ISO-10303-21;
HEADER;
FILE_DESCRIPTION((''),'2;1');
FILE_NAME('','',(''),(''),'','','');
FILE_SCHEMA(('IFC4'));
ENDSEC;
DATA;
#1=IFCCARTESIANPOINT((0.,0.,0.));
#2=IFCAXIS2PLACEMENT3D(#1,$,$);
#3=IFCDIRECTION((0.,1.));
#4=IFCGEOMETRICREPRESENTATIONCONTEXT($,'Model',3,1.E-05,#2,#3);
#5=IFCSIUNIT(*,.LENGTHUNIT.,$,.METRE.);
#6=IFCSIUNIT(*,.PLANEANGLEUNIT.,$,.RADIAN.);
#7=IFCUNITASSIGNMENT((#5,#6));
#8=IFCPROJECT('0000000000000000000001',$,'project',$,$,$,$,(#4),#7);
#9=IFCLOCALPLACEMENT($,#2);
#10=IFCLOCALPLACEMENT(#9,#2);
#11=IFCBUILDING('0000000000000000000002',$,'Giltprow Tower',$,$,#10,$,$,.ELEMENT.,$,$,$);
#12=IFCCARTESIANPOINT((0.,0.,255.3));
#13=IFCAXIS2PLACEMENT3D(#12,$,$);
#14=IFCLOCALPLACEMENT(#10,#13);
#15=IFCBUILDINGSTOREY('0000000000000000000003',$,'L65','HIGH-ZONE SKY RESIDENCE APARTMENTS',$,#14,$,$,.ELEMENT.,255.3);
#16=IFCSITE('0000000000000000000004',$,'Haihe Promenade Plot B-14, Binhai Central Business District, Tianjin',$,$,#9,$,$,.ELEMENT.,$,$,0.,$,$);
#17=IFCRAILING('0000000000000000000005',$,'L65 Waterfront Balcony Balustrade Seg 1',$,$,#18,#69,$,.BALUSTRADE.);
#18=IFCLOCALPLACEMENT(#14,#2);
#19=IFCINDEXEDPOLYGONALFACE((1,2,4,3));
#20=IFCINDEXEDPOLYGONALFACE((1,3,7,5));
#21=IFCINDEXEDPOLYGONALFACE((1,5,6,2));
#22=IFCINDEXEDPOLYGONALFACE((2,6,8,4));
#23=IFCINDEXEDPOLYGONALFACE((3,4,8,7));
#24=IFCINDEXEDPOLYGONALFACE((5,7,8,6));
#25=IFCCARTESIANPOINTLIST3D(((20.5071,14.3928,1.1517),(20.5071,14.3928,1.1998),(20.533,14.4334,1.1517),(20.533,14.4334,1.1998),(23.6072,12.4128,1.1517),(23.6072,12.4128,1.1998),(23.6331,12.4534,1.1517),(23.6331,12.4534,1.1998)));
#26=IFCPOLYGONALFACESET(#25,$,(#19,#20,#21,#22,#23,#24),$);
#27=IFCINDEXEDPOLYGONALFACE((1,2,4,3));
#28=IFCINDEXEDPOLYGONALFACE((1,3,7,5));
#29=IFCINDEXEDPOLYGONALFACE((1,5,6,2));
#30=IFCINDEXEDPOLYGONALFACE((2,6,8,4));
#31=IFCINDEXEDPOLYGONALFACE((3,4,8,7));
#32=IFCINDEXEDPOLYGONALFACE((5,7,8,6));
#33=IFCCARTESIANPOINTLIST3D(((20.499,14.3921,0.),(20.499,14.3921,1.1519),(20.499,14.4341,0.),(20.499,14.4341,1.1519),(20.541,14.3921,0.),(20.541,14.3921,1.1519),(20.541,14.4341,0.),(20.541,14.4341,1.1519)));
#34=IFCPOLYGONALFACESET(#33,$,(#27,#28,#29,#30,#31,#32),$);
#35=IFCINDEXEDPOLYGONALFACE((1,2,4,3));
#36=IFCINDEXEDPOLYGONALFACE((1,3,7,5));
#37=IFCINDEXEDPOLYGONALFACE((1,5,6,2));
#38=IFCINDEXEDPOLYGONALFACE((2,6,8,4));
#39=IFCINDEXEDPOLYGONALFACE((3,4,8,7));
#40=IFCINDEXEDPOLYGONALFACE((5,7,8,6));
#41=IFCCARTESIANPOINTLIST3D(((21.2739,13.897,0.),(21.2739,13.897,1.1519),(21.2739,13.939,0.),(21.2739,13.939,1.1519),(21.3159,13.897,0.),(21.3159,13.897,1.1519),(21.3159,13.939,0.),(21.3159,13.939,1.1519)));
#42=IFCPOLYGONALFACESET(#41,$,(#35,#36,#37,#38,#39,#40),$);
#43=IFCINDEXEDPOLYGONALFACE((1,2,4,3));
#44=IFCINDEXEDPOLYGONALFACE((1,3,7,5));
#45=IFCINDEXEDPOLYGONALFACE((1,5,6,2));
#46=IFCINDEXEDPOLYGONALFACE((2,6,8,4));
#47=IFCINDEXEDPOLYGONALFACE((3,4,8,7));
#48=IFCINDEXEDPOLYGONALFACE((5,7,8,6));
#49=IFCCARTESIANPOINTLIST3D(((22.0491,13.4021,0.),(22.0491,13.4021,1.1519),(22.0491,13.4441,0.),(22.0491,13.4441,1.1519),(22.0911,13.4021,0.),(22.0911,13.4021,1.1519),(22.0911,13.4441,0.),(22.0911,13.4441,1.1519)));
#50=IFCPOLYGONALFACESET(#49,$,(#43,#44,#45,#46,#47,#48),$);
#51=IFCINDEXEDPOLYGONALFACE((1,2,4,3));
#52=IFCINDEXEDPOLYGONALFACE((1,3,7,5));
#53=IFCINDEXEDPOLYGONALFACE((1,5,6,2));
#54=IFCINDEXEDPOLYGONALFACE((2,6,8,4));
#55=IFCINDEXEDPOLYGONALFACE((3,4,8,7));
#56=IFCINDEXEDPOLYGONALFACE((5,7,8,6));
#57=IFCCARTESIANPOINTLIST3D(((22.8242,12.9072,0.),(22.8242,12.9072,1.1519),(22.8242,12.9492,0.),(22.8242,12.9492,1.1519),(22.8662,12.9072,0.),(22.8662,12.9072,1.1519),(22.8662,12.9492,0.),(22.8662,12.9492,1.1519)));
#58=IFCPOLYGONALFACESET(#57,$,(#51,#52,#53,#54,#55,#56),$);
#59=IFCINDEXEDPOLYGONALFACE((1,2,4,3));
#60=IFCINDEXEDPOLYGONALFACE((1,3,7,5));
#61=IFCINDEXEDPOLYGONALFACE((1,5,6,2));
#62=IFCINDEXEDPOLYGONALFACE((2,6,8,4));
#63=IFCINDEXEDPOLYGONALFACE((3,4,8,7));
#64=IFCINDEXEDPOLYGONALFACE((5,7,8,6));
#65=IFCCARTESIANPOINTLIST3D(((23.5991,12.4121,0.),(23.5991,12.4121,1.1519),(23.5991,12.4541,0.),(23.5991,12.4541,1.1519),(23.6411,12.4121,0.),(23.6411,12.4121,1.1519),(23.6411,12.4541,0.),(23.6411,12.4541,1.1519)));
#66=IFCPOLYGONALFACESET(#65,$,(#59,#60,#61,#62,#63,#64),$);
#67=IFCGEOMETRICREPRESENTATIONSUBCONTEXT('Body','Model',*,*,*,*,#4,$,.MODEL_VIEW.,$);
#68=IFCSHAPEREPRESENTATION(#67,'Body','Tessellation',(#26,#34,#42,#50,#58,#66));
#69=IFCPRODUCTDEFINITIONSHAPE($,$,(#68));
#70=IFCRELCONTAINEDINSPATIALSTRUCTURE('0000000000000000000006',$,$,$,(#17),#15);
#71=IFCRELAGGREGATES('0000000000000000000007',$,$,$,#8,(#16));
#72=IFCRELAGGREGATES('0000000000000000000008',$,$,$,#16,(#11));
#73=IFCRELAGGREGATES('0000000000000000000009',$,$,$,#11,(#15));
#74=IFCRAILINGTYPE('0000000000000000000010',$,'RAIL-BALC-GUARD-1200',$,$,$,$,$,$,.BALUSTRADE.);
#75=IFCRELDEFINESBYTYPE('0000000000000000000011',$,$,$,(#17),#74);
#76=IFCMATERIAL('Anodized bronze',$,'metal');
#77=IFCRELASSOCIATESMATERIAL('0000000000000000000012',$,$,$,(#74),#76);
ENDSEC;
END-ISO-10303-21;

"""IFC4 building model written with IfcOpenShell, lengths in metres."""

from ifc_helpers import new_model, si_unit, direction, frame, origin, origin_2d, place, context, subcontext, project, spatial, rectangle, extrude, material, type_object, element, save


model = new_model("IFC4")

# Units and contexts
model_context = context("Model", 3, precision=1e-05, world=origin(), true_north=direction((0.0, 1.0)))
body_context = subcontext(model_context, "Body", "Model", "MODEL_VIEW")
ifc_project = project(units=[si_unit("LENGTHUNIT", "METRE"), si_unit("PLANEANGLEUNIT", "RADIAN")], contexts=[model_context])

# Site, building, storey
site_placement = place(None, origin())
site = spatial("IfcSite", under=ifc_project, at=site_placement, Name="Haihe Promenade Plot B-14, Binhai Central Business District, Tianjin", CompositionType="ELEMENT", RefElevation=0.0)
building_placement = place(site_placement, origin())
building = spatial("IfcBuilding", under=site, at=building_placement, Name="Giltprow Tower", CompositionType="ELEMENT")
storey_placement = place(building_placement, frame((0.0, 0.0, 255.3)))
storey = spatial("IfcBuildingStorey", under=building, at=storey_placement, Name="L65", Description="HIGH-ZONE SKY RESIDENCE APARTMENTS", CompositionType="ELEMENT", Elevation=255.3)

# Railing
ifc_material_1 = material(Name="Anodized bronze", Category="metal")
railing_type = type_object("IfcRailingType", Name="RAIL-BALC-GUARD-1200", PredefinedType="BALUSTRADE", material=ifc_material_1)
railing_1_placement = place(storey_placement, frame((20.52, 14.4131, 0.0)))
element("IfcRailing", 1, at=railing_1_placement, inside=storey, type_object=railing_type, Name="L65 Waterfront Balcony Balustrade Seg 1", PredefinedType="BALUSTRADE", context=body_context, shape_type="SweptSolid", body=[
    extrude(rectangle(XDim=0.0481, YDim=0.0481, at=origin_2d()), frame((0.0, 0.0, 1.1758), z_axis=(0.842775, -0.538266, 0.0), x_axis=(0.538266, 0.842775, 0.0)), (0.0, 0.0, 1.0), 3.6785),
    extrude(rectangle(XDim=0.042, YDim=0.042, at=origin_2d()), origin(), (0.0, 0.0, 1.0), 1.1519),
    extrude(rectangle(XDim=0.042, YDim=0.042, at=origin_2d()), frame((0.7749, -0.4951, 0.0)), (0.0, 0.0, 1.0), 1.1519),
    extrude(rectangle(XDim=0.042, YDim=0.042, at=origin_2d()), frame((1.55, -0.99, 0.0)), (0.0, 0.0, 1.0), 1.1519),
    extrude(rectangle(XDim=0.042, YDim=0.042, at=origin_2d()), frame((2.3252, -1.4849, 0.0)), (0.0, 0.0, 1.0), 1.1519),
    extrude(rectangle(XDim=0.042, YDim=0.042, at=origin_2d()), frame((3.1001, -1.98, 0.0)), (0.0, 0.0, 1.0), 1.1519),
])

save(model, "model.ifc")
